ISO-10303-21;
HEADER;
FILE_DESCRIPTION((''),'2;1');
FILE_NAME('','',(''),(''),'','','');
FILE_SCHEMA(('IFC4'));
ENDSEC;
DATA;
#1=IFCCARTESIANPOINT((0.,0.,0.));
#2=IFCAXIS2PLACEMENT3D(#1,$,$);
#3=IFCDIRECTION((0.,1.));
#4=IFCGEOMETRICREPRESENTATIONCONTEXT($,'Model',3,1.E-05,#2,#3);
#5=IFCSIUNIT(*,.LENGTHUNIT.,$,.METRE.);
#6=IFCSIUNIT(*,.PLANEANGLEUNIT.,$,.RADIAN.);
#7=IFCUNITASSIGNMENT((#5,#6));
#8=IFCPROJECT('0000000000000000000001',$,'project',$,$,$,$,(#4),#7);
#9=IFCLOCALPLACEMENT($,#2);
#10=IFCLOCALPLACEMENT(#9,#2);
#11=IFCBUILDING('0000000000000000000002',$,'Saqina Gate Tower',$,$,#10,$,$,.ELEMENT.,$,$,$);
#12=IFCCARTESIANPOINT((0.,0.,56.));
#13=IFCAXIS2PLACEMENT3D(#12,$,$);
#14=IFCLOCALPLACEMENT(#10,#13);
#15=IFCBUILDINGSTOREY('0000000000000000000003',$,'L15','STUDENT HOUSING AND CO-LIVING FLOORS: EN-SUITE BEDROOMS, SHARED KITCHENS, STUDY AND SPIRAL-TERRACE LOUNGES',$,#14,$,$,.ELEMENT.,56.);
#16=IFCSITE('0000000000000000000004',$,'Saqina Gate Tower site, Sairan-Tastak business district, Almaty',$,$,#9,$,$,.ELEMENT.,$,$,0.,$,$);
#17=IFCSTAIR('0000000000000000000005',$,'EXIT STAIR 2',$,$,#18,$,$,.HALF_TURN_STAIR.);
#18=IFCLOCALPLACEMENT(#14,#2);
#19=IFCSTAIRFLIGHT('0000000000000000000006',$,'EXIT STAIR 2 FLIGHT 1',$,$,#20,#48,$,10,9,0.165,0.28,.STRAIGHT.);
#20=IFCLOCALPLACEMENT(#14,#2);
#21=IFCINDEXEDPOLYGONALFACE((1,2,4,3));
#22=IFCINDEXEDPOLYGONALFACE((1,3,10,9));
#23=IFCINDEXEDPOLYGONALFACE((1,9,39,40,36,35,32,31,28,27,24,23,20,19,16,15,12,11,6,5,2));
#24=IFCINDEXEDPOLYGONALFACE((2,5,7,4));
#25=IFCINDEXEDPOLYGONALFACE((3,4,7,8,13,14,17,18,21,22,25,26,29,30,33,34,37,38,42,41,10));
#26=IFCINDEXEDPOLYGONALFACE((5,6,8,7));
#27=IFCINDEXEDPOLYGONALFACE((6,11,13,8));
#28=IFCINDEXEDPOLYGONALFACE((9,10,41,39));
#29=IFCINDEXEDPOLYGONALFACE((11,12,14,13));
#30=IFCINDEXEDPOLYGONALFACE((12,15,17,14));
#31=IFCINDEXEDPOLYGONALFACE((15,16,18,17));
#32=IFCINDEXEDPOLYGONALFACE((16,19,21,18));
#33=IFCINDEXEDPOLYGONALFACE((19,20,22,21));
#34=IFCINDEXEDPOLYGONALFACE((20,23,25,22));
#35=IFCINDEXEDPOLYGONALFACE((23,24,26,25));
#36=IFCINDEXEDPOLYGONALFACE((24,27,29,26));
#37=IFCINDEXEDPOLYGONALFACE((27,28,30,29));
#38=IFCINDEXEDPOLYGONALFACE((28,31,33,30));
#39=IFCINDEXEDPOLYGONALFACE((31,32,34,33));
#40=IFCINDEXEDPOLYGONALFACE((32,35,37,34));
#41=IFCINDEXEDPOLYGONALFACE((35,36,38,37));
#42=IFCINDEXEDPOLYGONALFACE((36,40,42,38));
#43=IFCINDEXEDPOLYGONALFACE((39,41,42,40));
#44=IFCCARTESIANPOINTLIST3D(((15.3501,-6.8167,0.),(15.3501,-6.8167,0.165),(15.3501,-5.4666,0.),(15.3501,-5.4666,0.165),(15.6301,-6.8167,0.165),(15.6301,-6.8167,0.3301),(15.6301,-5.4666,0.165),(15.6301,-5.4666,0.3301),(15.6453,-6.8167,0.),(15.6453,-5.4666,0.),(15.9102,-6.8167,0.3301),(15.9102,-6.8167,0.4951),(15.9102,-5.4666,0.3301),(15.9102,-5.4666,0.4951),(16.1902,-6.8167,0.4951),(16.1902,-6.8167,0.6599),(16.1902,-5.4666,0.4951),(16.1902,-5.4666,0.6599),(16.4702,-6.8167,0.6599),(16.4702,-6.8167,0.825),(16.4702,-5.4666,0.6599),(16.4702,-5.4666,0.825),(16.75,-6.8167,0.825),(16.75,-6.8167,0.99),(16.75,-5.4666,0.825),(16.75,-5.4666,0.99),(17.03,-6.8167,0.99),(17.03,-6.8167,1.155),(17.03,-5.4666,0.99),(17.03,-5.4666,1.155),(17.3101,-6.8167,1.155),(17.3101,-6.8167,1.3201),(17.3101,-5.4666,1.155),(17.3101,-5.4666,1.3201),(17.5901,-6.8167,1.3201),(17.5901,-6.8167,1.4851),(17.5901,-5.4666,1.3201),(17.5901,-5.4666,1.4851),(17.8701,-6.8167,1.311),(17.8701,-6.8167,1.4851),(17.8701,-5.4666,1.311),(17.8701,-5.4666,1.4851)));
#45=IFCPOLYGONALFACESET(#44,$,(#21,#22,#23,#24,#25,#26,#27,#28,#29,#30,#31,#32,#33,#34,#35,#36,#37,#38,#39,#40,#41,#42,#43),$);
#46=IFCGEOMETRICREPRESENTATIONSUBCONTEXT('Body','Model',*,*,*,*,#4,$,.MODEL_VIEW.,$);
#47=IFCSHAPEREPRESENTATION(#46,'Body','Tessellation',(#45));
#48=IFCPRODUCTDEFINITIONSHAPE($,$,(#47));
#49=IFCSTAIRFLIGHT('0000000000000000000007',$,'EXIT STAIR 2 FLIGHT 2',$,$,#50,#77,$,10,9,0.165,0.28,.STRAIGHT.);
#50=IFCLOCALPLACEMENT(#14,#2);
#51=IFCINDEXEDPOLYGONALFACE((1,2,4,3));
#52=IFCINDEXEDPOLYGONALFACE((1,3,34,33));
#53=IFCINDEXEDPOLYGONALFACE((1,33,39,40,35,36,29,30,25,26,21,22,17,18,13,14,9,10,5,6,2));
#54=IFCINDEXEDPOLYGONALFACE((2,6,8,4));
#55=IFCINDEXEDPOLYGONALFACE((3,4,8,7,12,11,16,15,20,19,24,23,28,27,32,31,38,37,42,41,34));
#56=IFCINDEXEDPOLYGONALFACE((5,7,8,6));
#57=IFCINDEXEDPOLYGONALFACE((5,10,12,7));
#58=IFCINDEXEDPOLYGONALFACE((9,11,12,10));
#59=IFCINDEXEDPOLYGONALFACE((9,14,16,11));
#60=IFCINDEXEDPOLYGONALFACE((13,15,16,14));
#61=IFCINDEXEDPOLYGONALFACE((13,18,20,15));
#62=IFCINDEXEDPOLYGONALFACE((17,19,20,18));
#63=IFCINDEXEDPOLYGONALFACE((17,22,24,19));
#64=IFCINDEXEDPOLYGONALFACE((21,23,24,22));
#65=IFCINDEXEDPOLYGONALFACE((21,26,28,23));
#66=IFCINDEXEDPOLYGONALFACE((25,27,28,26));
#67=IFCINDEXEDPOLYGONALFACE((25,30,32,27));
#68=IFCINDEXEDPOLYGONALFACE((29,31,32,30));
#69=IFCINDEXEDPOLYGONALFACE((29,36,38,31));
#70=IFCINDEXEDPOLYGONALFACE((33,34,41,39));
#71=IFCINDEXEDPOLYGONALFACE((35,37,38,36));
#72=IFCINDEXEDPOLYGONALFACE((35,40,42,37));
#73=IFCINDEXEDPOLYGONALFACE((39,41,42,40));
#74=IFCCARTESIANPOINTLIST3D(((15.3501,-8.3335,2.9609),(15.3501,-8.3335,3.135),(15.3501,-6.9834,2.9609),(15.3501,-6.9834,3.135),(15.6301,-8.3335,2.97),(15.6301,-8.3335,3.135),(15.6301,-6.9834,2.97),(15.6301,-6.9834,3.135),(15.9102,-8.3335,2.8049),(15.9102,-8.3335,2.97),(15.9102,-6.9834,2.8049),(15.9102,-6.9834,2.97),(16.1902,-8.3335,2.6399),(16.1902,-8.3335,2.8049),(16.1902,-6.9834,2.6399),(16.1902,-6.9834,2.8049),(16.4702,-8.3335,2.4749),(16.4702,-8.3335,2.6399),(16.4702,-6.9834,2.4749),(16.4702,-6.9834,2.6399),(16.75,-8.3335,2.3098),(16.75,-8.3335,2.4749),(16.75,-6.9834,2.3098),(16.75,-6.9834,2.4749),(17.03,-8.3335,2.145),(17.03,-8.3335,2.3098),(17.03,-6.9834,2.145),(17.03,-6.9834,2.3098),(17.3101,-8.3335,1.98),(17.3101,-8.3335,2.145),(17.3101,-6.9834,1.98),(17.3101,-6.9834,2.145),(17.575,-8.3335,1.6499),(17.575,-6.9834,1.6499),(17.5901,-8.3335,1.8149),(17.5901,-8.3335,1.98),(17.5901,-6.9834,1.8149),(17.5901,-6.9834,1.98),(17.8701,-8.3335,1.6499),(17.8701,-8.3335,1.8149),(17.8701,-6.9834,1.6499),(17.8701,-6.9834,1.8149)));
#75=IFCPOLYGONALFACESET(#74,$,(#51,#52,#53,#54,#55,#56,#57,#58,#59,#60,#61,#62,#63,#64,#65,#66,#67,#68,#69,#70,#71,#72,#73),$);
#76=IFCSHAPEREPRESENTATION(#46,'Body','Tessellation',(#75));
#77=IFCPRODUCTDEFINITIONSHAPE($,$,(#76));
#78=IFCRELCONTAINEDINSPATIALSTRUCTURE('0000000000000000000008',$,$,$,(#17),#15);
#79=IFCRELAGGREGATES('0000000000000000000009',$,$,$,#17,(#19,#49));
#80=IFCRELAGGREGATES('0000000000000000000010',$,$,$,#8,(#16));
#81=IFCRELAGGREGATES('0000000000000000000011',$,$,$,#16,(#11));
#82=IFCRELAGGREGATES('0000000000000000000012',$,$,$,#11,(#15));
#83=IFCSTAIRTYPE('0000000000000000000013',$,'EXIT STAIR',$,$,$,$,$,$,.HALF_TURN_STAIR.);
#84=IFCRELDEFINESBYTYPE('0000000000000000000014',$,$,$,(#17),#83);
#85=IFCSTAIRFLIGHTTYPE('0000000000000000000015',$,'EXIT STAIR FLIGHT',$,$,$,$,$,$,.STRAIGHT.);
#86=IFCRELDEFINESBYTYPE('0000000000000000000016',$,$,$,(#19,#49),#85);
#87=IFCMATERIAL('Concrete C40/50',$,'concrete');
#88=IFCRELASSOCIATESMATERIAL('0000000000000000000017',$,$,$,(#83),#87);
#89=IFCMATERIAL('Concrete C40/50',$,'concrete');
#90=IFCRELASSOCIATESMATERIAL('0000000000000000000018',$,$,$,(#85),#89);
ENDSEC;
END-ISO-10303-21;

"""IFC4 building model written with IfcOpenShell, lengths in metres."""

from ifc_helpers import new_model, si_unit, direction, frame, origin, place, context, subcontext, project, spatial, polyline, outline, extrude, material, type_object, element, aggregate, save


model = new_model("IFC4")

# Units and contexts
model_context = context("Model", 3, precision=1e-05, world=origin(), true_north=direction((0.0, 1.0)))
body_context = subcontext(model_context, "Body", "Model", "MODEL_VIEW")
ifc_project = project(units=[si_unit("LENGTHUNIT", "METRE"), si_unit("PLANEANGLEUNIT", "RADIAN")], contexts=[model_context])

# Site, building, storey
site_placement = place(None, origin())
site = spatial("IfcSite", under=ifc_project, at=site_placement, Name="Saqina Gate Tower site, Sairan-Tastak business district, Almaty", CompositionType="ELEMENT", RefElevation=0.0)
building_placement = place(site_placement, origin())
building = spatial("IfcBuilding", under=site, at=building_placement, Name="Saqina Gate Tower", CompositionType="ELEMENT")
storey_placement = place(building_placement, frame((0.0, 0.0, 56.0)))
storey = spatial("IfcBuildingStorey", under=building, at=storey_placement, Name="L15", Description="STUDENT HOUSING AND CO-LIVING FLOORS: EN-SUITE BEDROOMS, SHARED KITCHENS, STUDY AND SPIRAL-TERRACE LOUNGES", CompositionType="ELEMENT", Elevation=56.0)

# Stair, stair flights
ifc_material_1 = material(Name="Concrete C40/50", Category="concrete")
stair_type = type_object("IfcStairType", Name="EXIT STAIR", PredefinedType="HALF_TURN_STAIR", material=ifc_material_1)
stair_placement = place(storey_placement, origin())
stair = element("IfcStair", 1, at=stair_placement, inside=storey, type_object=stair_type, Name="EXIT STAIR 2", PredefinedType="HALF_TURN_STAIR")
ifc_material_2 = material(Name="Concrete C40/50", Category="concrete")
stair_flight_type = type_object("IfcStairFlightType", Name="EXIT STAIR FLIGHT", PredefinedType="STRAIGHT", material=ifc_material_2)
stair_flight_1_placement = place(storey_placement, frame((15.3501, -6.1416, 0.0), z_axis=(0.0, 0.0, 1.0), x_axis=(1.0, 0.0, 0.0)))
stair_flight_1 = element("IfcStairFlight", 2, at=stair_flight_1_placement, type_object=stair_flight_type, Name="EXIT STAIR 2 FLIGHT 1", NumberOfRisers=10, NumberOfTreads=9, PredefinedType="STRAIGHT", RiserHeight=0.165, TreadLength=0.28, context=body_context, shape_type="SweptSolid", body=[
    extrude(outline(polyline([(0.0, 0.0), (0.0, 0.165), (0.28, 0.165), (0.28, 0.3301), (0.5601, 0.3301), (0.5601, 0.4951), (0.8401, 0.4951), (0.8401, 0.6599), (1.1201, 0.6599), (1.1201, 0.825), (1.3999, 0.825), (1.3999, 0.99), (1.6799, 0.99), (1.6799, 1.155), (1.96, 1.155), (1.96, 1.3201), (2.24, 1.3201), (2.24, 1.4851), (2.52, 1.4851), (2.52, 1.6499), (2.52, 1.311), (0.2952, 0.0), (0.0, 0.0)])), frame((0.0, 0.675, 0.0), z_axis=(0.0, -1.0, 0.0), x_axis=(1.0, 0.0, 0.0)), (0.0, 0.0, 1.0), 1.3501),
])
stair_flight_2_placement = place(storey_placement, frame((17.8701, -7.6584, 1.6499), z_axis=(0.0, 0.0, 1.0), x_axis=(-1.0, 0.0, 0.0)))
stair_flight_2 = element("IfcStairFlight", 3, at=stair_flight_2_placement, type_object=stair_flight_type, Name="EXIT STAIR 2 FLIGHT 2", NumberOfRisers=10, NumberOfTreads=9, PredefinedType="STRAIGHT", RiserHeight=0.165, TreadLength=0.28, context=body_context, shape_type="SweptSolid", body=[
    extrude(outline(polyline([(0.0, 0.0), (0.0, 0.165), (0.28, 0.165), (0.28, 0.3301), (0.5601, 0.3301), (0.5601, 0.4951), (0.8401, 0.4951), (0.8401, 0.6599), (1.1201, 0.6599), (1.1201, 0.825), (1.3999, 0.825), (1.3999, 0.99), (1.6799, 0.99), (1.6799, 1.155), (1.96, 1.155), (1.96, 1.3201), (2.24, 1.3201), (2.24, 1.4851), (2.52, 1.4851), (2.52, 1.6499), (2.52, 1.311), (0.2952, 0.0), (0.0, 0.0)])), frame((0.0, 0.675, 0.0), z_axis=(0.0, -1.0, 0.0), x_axis=(1.0, 0.0, 0.0)), (0.0, 0.0, 1.0), 1.3501),
])
aggregate(stair, [stair_flight_1, stair_flight_2])

save(model, "model.ifc")
